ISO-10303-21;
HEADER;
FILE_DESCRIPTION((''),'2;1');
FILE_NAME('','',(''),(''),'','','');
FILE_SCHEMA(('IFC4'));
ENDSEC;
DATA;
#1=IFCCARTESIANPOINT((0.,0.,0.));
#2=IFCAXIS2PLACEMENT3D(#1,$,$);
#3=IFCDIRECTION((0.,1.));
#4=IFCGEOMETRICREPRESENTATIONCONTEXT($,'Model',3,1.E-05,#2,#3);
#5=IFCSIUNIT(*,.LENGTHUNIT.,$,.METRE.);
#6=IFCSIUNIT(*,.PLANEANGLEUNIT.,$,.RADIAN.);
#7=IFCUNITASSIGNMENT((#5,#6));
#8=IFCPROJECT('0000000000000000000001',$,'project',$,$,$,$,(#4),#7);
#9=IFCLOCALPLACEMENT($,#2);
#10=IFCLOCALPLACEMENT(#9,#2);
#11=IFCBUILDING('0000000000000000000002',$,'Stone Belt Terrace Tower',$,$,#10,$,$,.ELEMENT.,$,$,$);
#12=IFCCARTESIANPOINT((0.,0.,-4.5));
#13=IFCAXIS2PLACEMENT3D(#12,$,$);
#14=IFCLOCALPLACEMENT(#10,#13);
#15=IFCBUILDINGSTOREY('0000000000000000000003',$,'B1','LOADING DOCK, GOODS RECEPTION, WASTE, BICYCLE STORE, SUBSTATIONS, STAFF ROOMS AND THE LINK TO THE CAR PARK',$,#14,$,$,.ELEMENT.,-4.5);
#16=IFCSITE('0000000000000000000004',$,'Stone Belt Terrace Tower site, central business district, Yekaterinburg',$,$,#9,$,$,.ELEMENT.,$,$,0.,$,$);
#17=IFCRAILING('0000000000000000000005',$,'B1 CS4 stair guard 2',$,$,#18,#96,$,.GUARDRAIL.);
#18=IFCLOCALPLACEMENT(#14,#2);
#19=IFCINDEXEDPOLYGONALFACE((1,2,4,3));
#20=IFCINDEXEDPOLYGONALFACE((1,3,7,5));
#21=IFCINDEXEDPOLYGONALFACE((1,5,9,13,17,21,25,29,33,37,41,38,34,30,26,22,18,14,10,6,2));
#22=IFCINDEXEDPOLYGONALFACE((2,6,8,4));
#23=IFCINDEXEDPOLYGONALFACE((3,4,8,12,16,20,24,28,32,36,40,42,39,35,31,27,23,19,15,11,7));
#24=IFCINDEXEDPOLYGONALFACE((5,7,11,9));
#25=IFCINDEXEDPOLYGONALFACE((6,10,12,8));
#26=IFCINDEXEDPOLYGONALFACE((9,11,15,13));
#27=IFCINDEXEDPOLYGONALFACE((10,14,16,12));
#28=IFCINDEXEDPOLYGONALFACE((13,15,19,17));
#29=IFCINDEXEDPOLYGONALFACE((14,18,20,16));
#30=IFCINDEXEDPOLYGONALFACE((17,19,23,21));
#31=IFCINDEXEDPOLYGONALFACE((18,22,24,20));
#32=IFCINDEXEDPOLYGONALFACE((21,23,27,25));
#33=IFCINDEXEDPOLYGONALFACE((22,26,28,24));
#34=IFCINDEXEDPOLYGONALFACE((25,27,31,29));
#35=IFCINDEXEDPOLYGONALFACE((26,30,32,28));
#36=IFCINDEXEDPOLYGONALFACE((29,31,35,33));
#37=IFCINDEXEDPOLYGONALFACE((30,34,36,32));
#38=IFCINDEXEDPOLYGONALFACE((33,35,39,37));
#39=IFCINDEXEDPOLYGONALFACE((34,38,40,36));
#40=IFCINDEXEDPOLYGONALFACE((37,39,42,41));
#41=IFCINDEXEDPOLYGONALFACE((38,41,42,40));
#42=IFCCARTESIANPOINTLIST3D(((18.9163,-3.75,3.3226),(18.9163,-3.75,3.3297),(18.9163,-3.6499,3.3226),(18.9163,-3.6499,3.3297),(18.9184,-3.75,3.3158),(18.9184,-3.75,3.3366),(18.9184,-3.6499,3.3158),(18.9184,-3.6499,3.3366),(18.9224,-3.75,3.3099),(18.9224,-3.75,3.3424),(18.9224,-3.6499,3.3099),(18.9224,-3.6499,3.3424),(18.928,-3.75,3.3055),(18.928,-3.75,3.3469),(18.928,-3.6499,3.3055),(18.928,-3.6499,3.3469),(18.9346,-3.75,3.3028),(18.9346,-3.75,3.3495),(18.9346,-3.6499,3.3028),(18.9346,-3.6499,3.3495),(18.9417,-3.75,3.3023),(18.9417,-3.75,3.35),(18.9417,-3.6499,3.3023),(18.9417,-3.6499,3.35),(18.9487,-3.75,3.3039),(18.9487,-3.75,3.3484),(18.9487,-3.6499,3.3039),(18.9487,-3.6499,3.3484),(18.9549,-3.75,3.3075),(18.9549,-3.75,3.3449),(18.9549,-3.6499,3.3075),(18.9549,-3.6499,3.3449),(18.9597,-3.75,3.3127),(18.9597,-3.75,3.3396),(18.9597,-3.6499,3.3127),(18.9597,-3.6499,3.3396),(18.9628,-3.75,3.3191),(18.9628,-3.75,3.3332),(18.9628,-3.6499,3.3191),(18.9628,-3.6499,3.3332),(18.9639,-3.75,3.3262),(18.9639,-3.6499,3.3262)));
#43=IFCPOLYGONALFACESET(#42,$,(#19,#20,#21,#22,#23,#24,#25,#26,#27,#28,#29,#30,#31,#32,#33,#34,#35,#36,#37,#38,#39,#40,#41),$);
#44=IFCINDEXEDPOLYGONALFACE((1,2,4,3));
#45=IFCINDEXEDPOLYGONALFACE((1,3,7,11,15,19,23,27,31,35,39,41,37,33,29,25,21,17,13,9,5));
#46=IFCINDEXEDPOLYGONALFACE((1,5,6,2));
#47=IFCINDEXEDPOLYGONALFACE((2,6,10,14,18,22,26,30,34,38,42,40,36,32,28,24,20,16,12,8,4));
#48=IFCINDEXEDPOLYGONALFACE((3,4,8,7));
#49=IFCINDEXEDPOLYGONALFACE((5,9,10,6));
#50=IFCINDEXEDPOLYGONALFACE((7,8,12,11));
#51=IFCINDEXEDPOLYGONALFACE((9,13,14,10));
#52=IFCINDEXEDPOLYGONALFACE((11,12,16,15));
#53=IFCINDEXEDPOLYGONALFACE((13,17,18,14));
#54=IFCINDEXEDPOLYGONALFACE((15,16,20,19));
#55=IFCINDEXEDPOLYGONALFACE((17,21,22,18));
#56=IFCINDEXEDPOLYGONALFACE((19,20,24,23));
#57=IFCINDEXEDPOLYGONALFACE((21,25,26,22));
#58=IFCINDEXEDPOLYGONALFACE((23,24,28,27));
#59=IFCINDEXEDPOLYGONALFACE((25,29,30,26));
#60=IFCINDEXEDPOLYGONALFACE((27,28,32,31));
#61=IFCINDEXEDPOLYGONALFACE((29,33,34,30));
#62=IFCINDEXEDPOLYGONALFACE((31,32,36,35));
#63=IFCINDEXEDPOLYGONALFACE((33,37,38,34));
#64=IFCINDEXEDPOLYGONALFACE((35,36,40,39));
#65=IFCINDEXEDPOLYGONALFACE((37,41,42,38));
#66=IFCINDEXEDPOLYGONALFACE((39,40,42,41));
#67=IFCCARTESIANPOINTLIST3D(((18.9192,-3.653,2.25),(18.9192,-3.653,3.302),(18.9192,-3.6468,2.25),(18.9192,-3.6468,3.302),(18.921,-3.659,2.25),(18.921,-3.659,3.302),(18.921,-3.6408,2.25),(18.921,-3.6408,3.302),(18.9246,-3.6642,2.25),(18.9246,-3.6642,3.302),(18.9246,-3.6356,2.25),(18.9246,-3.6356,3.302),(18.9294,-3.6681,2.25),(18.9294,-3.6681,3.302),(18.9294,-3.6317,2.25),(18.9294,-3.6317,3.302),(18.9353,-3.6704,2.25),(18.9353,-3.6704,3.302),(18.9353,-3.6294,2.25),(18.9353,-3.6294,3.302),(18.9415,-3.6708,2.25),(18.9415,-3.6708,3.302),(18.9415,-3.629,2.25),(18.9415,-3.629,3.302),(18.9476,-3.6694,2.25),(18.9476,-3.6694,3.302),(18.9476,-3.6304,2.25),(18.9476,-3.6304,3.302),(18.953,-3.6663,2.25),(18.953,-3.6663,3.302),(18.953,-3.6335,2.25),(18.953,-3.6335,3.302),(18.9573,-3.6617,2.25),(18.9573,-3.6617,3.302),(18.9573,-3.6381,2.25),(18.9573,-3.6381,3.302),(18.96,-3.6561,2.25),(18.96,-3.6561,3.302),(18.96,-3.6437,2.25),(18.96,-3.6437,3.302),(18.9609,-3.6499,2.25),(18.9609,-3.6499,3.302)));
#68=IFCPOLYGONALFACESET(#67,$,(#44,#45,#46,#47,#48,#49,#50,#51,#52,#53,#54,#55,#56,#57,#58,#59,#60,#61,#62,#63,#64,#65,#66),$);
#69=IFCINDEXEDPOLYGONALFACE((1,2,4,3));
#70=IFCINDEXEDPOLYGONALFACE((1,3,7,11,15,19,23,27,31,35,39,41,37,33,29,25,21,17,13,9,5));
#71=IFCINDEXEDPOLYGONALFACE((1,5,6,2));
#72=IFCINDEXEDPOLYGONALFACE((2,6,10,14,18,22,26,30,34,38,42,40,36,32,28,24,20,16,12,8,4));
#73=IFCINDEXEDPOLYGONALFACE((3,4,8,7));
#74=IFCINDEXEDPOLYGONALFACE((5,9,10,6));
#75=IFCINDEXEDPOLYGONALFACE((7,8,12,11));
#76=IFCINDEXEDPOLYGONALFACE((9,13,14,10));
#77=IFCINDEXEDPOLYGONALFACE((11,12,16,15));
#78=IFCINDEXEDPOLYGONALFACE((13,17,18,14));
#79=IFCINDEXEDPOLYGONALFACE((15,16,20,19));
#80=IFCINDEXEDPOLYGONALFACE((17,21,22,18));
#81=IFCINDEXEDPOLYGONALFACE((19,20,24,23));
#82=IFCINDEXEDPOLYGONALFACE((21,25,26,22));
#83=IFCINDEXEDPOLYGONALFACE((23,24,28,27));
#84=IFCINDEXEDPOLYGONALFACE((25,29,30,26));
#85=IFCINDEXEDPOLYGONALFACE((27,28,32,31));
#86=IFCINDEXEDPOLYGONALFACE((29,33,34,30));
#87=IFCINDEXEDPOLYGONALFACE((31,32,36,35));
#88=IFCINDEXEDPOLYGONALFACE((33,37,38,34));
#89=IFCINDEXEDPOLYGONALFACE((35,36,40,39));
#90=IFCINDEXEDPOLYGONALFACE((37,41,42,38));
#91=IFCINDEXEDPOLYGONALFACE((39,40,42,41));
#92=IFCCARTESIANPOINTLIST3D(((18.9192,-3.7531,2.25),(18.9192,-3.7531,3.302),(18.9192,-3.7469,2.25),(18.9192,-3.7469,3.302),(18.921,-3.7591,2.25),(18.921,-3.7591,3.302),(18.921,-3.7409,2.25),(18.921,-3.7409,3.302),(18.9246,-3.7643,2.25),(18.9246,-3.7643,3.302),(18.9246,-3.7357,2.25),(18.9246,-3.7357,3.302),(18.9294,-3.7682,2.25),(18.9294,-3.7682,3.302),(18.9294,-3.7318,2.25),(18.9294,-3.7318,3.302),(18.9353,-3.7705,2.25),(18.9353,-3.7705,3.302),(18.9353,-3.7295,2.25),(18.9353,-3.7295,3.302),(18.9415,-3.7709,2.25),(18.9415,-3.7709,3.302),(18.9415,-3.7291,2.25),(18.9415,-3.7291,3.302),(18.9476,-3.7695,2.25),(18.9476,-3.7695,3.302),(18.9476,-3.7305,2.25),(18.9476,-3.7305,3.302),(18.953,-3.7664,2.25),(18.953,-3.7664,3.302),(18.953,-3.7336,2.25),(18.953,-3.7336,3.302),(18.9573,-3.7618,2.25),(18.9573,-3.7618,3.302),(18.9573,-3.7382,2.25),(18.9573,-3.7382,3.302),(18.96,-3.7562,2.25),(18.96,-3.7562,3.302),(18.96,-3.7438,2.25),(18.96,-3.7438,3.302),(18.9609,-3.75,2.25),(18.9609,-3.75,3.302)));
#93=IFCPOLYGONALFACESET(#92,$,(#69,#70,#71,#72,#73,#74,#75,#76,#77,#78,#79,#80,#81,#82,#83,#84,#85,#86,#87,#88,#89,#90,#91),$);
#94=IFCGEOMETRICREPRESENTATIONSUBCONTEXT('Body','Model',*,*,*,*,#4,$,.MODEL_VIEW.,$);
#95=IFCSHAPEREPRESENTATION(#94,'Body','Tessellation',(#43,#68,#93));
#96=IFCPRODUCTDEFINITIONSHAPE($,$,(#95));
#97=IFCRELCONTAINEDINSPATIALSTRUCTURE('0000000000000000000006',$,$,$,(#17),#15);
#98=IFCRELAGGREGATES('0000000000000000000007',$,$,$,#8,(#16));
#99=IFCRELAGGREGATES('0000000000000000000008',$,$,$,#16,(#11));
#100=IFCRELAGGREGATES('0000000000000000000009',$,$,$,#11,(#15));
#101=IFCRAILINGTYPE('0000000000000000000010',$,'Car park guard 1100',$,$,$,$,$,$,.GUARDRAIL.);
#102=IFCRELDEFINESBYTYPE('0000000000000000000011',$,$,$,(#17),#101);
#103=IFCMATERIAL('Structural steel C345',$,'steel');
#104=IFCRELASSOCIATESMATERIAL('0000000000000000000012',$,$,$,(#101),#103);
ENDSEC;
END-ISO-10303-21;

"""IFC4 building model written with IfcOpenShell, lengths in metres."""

from ifc_helpers import new_model, si_unit, direction, frame, origin, origin_2d, place, context, subcontext, project, spatial, circle, extrude, material, type_object, element, save


model = new_model("IFC4")

# Units and contexts
model_context = context("Model", 3, precision=1e-05, world=origin(), true_north=direction((0.0, 1.0)))
body_context = subcontext(model_context, "Body", "Model", "MODEL_VIEW")
ifc_project = project(units=[si_unit("LENGTHUNIT", "METRE"), si_unit("PLANEANGLEUNIT", "RADIAN")], contexts=[model_context])

# Site, building, storey
site_placement = place(None, origin())
site = spatial("IfcSite", under=ifc_project, at=site_placement, Name="Stone Belt Terrace Tower site, central business district, Yekaterinburg", CompositionType="ELEMENT", RefElevation=0.0)
building_placement = place(site_placement, origin())
building = spatial("IfcBuilding", under=site, at=building_placement, Name="Stone Belt Terrace Tower", CompositionType="ELEMENT")
storey_placement = place(building_placement, frame((0.0, 0.0, -4.5)))
storey = spatial("IfcBuildingStorey", under=building, at=storey_placement, Name="B1", Description="LOADING DOCK, GOODS RECEPTION, WASTE, BICYCLE STORE, SUBSTATIONS, STAFF ROOMS AND THE LINK TO THE CAR PARK", CompositionType="ELEMENT", Elevation=-4.5)

# Railing
ifc_material_1 = material(Name="Structural steel C345", Category="steel")
railing_type_1 = type_object("IfcRailingType", Name="Car park guard 1100", PredefinedType="GUARDRAIL", material=ifc_material_1)
railing_1_placement = place(storey_placement, frame((18.9399, -3.6499, 2.25)))
element("IfcRailing", 1, at=railing_1_placement, inside=storey, type_object=railing_type_1, Name="B1 CS4 stair guard 2", PredefinedType="GUARDRAIL", context=body_context, shape_type="SweptSolid", body=[
    extrude(circle(Radius=0.0239, at=origin_2d()), frame((0.0, 0.0, 1.0762), z_axis=(0.0, -1.0, 0.0), x_axis=(1.0, 0.0, 0.0)), (0.0, 0.0, 1.0), 0.1001),
    extrude(circle(Radius=0.021, at=origin_2d()), origin(), (0.0, 0.0, 1.0), 1.052),
    extrude(circle(Radius=0.021, at=origin_2d()), frame((0.0, -0.1001, 0.0)), (0.0, 0.0, 1.0), 1.052),
])

save(model, "model.ifc")
